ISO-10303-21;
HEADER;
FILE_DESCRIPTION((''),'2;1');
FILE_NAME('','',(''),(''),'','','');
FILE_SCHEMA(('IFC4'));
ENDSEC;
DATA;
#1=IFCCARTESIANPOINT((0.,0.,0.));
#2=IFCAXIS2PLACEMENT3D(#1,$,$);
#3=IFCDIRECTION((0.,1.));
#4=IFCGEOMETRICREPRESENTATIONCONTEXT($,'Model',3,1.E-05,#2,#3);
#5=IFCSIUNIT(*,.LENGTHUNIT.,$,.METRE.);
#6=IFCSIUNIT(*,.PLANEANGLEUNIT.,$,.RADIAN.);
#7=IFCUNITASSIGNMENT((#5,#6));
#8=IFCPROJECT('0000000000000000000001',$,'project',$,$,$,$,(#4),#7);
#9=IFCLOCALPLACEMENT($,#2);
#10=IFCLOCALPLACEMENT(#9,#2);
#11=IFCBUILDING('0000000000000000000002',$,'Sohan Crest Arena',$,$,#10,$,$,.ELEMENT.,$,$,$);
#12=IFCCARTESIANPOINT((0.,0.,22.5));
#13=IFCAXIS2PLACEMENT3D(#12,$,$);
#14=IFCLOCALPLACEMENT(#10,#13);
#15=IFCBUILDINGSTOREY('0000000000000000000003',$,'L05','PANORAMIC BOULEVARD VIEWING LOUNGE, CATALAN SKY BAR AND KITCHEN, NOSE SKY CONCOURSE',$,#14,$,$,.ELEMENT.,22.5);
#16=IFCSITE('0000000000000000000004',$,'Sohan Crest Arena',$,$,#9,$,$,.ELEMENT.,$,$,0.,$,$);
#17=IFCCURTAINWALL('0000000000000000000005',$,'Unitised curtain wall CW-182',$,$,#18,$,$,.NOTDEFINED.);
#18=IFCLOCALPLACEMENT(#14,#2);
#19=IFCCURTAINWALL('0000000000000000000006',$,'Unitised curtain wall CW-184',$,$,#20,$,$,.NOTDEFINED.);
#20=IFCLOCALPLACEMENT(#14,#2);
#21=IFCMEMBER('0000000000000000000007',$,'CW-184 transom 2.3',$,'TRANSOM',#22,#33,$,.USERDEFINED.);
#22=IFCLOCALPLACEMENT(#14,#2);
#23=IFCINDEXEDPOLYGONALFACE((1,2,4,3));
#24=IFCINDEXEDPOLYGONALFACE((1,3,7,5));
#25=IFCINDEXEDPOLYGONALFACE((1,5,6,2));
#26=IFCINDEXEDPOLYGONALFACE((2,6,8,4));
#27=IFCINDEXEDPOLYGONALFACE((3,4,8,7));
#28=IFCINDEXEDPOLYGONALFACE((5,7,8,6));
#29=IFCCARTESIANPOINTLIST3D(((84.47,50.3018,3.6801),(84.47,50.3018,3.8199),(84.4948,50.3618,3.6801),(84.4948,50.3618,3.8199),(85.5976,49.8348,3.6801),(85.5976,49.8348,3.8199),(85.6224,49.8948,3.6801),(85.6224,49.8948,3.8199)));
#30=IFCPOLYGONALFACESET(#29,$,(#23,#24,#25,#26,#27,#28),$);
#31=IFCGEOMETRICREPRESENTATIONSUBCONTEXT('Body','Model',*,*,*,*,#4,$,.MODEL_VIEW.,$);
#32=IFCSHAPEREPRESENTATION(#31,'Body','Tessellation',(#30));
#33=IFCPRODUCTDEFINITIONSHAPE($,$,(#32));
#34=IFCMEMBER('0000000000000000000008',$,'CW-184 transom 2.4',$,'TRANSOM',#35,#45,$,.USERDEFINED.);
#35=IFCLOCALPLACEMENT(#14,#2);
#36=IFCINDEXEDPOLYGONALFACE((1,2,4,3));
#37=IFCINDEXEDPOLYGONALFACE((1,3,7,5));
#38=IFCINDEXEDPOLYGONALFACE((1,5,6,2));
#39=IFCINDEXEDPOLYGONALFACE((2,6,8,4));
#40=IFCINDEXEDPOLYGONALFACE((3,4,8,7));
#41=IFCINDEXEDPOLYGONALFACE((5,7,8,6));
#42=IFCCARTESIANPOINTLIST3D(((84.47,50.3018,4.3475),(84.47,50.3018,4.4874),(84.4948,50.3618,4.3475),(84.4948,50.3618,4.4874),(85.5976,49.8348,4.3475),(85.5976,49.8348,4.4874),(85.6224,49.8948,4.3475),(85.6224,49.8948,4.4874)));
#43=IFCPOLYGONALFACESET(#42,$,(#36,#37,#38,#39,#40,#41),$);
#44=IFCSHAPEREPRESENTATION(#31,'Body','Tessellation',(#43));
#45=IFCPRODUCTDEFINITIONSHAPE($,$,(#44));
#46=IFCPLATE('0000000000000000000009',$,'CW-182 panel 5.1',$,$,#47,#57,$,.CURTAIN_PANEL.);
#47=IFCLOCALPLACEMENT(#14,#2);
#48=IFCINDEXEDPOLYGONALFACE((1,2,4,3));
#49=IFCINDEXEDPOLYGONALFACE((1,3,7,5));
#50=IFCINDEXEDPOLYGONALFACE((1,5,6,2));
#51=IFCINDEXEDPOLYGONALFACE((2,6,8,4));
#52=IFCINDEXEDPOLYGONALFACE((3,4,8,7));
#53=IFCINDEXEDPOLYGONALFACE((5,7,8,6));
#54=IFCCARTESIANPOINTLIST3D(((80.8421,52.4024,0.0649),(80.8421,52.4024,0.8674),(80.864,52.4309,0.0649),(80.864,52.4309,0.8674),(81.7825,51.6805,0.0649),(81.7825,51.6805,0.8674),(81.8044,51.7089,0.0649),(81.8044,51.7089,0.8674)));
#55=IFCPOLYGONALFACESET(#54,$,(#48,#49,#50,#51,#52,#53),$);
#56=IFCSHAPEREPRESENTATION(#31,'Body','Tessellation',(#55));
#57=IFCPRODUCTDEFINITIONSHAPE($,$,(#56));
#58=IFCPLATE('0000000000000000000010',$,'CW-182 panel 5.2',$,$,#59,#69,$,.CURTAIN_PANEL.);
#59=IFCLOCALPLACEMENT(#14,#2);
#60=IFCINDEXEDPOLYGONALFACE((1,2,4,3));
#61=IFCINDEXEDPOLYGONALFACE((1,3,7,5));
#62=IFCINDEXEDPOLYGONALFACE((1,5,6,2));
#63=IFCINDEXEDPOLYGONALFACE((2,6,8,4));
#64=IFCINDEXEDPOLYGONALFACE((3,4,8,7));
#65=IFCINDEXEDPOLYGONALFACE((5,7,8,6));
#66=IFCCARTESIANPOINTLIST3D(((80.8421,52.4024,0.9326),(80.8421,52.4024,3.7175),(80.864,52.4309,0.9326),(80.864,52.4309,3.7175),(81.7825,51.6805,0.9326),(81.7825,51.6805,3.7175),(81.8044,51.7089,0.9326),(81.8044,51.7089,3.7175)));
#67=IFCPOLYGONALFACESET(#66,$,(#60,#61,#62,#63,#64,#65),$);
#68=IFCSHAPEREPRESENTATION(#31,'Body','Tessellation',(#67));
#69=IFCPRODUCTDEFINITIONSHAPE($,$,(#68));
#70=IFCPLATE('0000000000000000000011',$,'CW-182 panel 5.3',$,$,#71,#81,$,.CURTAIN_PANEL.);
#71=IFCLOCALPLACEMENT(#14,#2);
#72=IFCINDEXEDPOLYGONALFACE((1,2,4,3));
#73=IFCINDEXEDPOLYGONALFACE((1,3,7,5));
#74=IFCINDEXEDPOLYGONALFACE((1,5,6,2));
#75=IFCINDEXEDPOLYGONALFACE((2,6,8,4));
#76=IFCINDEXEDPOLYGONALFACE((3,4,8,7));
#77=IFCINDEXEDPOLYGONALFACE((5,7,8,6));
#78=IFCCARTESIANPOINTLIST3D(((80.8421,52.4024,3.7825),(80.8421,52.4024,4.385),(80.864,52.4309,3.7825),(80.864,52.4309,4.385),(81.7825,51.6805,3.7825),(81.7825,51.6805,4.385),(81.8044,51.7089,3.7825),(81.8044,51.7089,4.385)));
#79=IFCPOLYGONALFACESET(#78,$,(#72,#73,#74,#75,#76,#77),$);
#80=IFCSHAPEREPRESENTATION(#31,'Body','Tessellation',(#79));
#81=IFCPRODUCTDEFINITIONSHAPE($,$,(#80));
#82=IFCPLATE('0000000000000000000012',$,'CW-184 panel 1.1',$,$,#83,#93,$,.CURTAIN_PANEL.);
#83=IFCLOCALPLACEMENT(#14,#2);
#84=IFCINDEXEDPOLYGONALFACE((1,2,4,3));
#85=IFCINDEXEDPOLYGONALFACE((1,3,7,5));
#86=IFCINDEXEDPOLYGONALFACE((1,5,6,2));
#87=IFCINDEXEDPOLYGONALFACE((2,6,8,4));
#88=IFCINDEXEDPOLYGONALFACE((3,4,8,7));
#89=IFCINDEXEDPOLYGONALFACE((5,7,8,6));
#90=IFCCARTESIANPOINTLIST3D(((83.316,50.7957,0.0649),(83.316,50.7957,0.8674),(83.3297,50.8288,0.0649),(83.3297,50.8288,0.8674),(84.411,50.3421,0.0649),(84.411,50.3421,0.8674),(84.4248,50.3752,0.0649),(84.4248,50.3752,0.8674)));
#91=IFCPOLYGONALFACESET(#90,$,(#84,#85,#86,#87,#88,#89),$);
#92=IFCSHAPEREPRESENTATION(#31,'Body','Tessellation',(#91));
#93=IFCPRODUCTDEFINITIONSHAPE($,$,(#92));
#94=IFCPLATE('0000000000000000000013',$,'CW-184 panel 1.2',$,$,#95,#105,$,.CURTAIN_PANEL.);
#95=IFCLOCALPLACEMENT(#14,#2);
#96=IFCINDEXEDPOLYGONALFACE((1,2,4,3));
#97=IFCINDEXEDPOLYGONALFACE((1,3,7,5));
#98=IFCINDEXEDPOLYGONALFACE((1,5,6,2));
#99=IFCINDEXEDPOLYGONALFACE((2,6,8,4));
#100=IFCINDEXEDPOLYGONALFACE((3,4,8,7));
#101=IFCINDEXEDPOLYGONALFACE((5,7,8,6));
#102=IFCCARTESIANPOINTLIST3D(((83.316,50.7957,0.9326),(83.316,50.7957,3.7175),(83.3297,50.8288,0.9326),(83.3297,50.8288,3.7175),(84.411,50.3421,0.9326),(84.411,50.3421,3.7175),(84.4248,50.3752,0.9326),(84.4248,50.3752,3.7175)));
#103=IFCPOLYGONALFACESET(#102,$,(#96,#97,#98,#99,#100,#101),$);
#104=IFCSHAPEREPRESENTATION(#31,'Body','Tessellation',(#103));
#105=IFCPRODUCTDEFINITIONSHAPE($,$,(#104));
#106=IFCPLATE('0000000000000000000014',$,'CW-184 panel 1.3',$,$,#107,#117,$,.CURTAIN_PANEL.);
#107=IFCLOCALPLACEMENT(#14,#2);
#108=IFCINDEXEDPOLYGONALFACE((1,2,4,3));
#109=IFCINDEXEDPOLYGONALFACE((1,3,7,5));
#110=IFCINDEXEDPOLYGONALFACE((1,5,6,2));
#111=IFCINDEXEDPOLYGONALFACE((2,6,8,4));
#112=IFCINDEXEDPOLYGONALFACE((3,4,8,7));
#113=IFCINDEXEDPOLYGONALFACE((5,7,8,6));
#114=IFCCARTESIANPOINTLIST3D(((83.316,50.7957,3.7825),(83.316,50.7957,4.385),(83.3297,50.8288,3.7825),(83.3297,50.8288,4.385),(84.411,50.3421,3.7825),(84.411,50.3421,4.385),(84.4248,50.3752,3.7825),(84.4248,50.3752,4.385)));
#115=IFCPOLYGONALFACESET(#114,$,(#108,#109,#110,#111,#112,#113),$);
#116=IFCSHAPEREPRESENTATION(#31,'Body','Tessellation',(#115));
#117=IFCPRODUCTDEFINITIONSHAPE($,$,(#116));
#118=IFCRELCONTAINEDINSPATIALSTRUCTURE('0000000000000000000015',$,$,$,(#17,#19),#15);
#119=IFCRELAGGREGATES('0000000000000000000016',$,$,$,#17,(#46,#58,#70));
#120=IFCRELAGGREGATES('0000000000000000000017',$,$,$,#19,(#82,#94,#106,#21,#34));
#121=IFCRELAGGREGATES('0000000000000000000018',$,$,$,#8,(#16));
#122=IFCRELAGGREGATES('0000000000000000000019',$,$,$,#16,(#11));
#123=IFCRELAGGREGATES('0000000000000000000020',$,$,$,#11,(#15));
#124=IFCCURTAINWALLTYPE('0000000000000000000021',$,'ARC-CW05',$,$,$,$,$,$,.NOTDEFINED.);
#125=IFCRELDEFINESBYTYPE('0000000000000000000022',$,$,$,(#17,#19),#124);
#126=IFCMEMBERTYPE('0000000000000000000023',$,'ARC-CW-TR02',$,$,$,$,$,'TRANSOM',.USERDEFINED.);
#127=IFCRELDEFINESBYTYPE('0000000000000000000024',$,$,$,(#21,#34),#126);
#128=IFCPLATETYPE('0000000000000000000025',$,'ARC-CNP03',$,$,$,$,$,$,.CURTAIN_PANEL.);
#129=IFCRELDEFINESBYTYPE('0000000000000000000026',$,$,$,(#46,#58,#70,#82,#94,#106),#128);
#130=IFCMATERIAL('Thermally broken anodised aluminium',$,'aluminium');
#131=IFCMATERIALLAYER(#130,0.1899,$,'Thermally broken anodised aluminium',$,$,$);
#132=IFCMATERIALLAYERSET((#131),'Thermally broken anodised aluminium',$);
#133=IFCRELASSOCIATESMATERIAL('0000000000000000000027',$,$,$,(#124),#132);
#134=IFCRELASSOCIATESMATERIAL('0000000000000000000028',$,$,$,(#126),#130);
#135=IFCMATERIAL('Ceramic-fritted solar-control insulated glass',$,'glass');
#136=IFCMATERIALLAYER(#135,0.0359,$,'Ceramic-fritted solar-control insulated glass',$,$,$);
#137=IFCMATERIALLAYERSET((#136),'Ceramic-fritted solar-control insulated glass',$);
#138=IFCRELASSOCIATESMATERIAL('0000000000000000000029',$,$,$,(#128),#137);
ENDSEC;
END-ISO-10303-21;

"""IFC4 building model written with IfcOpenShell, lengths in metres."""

from ifc_helpers import new_model, si_unit, direction, frame, origin, origin_2d, place, context, subcontext, project, spatial, rectangle, extrude, material, layer, layer_set, material_profile, profile_set, type_object, element, aggregate, save


model = new_model("IFC4")

# Units and contexts
model_context = context("Model", 3, precision=1e-05, world=origin(), true_north=direction((0.0, 1.0)))
body_context = subcontext(model_context, "Body", "Model", "MODEL_VIEW")
ifc_project = project(units=[si_unit("LENGTHUNIT", "METRE"), si_unit("PLANEANGLEUNIT", "RADIAN")], contexts=[model_context])

# Site, building, storey
site_placement = place(None, origin())
site = spatial("IfcSite", under=ifc_project, at=site_placement, Name="Sohan Crest Arena", CompositionType="ELEMENT", RefElevation=0.0)
building_placement = place(site_placement, origin())
building = spatial("IfcBuilding", under=site, at=building_placement, Name="Sohan Crest Arena", CompositionType="ELEMENT")
storey_placement = place(building_placement, frame((0.0, 0.0, 22.5)))
storey = spatial("IfcBuildingStorey", under=building, at=storey_placement, Name="L05", Description="PANORAMIC BOULEVARD VIEWING LOUNGE, CATALAN SKY BAR AND KITCHEN, NOSE SKY CONCOURSE", CompositionType="ELEMENT", Elevation=22.5)

# Curtain walls
ifc_material_1 = material(Name="Thermally broken anodised aluminium", Category="aluminium")
ifc_layer_1 = layer(ifc_material_1, 0.1899, Name="Thermally broken anodised aluminium")
ifc_layer_set_1 = layer_set([ifc_layer_1], Name="Thermally broken anodised aluminium")
curtain_wall_type = type_object("IfcCurtainWallType", Name="ARC-CW05", PredefinedType="NOTDEFINED", material=ifc_layer_set_1)
curtain_wall_1_placement = place(storey_placement, origin())
curtain_wall_1 = element("IfcCurtainWall", 1, at=curtain_wall_1_placement, inside=storey, type_object=curtain_wall_type, Name="Unitised curtain wall CW-182", PredefinedType="NOTDEFINED")
curtain_wall_2_placement = place(storey_placement, origin())
curtain_wall_2 = element("IfcCurtainWall", 2, at=curtain_wall_2_placement, inside=storey, type_object=curtain_wall_type, Name="Unitised curtain wall CW-184", PredefinedType="NOTDEFINED")

# Members
ifc_material_profile_1 = material_profile(ifc_material_1, rectangle(XDim=0.0649, YDim=0.1399, at=origin_2d()), Name="ALU-TRAN 65x140")
ifc_profile_set_1 = profile_set([ifc_material_profile_1], Name="Thermally broken anodised aluminium")
member_type_1 = type_object("IfcMemberType", Name="ARC-CW-TR02", ElementType="TRANSOM", PredefinedType="USERDEFINED", material=ifc_profile_set_1)
member_1_placement = place(storey_placement, frame((84.4824, 50.3318, 3.75), z_axis=(0.923897, -0.38264, 0.0), x_axis=(0.38264, 0.923897, 0.0)))
member_1 = element("IfcMember", 3, at=member_1_placement, type_object=member_type_1, Name="CW-184 transom 2.3", ObjectType="TRANSOM", PredefinedType="USERDEFINED", context=body_context, shape_type="SweptSolid", body=[
    extrude(rectangle(XDim=0.0649, YDim=0.1399, at=origin_2d()), origin(), (0.0, 0.0, 1.0), 1.2205),
])
member_2_placement = place(storey_placement, frame((84.4824, 50.3318, 4.4175), z_axis=(0.923897, -0.38264, 0.0), x_axis=(0.38264, 0.923897, 0.0)))
member_2 = element("IfcMember", 4, at=member_2_placement, type_object=member_type_1, Name="CW-184 transom 2.4", ObjectType="TRANSOM", PredefinedType="USERDEFINED", context=body_context, shape_type="SweptSolid", body=[
    extrude(rectangle(XDim=0.0649, YDim=0.1399, at=origin_2d()), origin(), (0.0, 0.0, 1.0), 1.2205),
])

# Plates
ifc_material_2 = material(Name="Ceramic-fritted solar-control insulated glass", Category="glass")
ifc_layer_2 = layer(ifc_material_2, 0.0359, Name="Ceramic-fritted solar-control insulated glass")
ifc_layer_set_2 = layer_set([ifc_layer_2], Name="Ceramic-fritted solar-control insulated glass")
plate_type = type_object("IfcPlateType", Name="ARC-CNP03", PredefinedType="CURTAIN_PANEL", material=ifc_layer_set_2)
plate_1_placement = place(storey_placement, frame((81.3232, 52.0557, 0.0649), z_axis=(0.0, 0.0, 1.0), x_axis=(0.793217, -0.608939, 0.0)))
plate_1 = element("IfcPlate", 5, at=plate_1_placement, type_object=plate_type, Name="CW-182 panel 5.1", PredefinedType="CURTAIN_PANEL", context=body_context, shape_type="SweptSolid", body=[
    extrude(rectangle(XDim=1.1855, YDim=0.0359, at=origin_2d()), origin(), (0.0, 0.0, 1.0), 0.8025),
])
plate_2_placement = place(storey_placement, frame((81.3232, 52.0557, 0.9326), z_axis=(0.0, 0.0, 1.0), x_axis=(0.793217, -0.608939, 0.0)))
plate_2 = element("IfcPlate", 6, at=plate_2_placement, type_object=plate_type, Name="CW-182 panel 5.2", PredefinedType="CURTAIN_PANEL", context=body_context, shape_type="SweptSolid", body=[
    extrude(rectangle(XDim=1.1855, YDim=0.0359, at=origin_2d()), origin(), (0.0, 0.0, 1.0), 2.7849),
])
plate_3_placement = place(storey_placement, frame((81.3232, 52.0557, 3.7825), z_axis=(0.0, 0.0, 1.0), x_axis=(0.793217, -0.608939, 0.0)))
plate_3 = element("IfcPlate", 7, at=plate_3_placement, type_object=plate_type, Name="CW-182 panel 5.3", PredefinedType="CURTAIN_PANEL", context=body_context, shape_type="SweptSolid", body=[
    extrude(rectangle(XDim=1.1855, YDim=0.0359, at=origin_2d()), origin(), (0.0, 0.0, 1.0), 0.6025),
])
aggregate(curtain_wall_1, [plate_1, plate_2, plate_3])
plate_4_placement = place(storey_placement, frame((83.8704, 50.5854, 0.0649), z_axis=(0.0, 0.0, 1.0), x_axis=(0.923886, -0.382667, 0.0)))
plate_4 = element("IfcPlate", 8, at=plate_4_placement, type_object=plate_type, Name="CW-184 panel 1.1", PredefinedType="CURTAIN_PANEL", context=body_context, shape_type="SweptSolid", body=[
    extrude(rectangle(XDim=1.1853, YDim=0.0359, at=origin_2d()), origin(), (0.0, 0.0, 1.0), 0.8025),
])
plate_5_placement = place(storey_placement, frame((83.8704, 50.5854, 0.9326), z_axis=(0.0, 0.0, 1.0), x_axis=(0.923886, -0.382667, 0.0)))
plate_5 = element("IfcPlate", 9, at=plate_5_placement, type_object=plate_type, Name="CW-184 panel 1.2", PredefinedType="CURTAIN_PANEL", context=body_context, shape_type="SweptSolid", body=[
    extrude(rectangle(XDim=1.1853, YDim=0.0359, at=origin_2d()), origin(), (0.0, 0.0, 1.0), 2.7849),
])
plate_6_placement = place(storey_placement, frame((83.8704, 50.5854, 3.7825), z_axis=(0.0, 0.0, 1.0), x_axis=(0.923886, -0.382667, 0.0)))
plate_6 = element("IfcPlate", 10, at=plate_6_placement, type_object=plate_type, Name="CW-184 panel 1.3", PredefinedType="CURTAIN_PANEL", context=body_context, shape_type="SweptSolid", body=[
    extrude(rectangle(XDim=1.1853, YDim=0.0359, at=origin_2d()), origin(), (0.0, 0.0, 1.0), 0.6025),
])
aggregate(curtain_wall_2, [plate_4, plate_5, plate_6, member_1, member_2])

save(model, "model.ifc")
